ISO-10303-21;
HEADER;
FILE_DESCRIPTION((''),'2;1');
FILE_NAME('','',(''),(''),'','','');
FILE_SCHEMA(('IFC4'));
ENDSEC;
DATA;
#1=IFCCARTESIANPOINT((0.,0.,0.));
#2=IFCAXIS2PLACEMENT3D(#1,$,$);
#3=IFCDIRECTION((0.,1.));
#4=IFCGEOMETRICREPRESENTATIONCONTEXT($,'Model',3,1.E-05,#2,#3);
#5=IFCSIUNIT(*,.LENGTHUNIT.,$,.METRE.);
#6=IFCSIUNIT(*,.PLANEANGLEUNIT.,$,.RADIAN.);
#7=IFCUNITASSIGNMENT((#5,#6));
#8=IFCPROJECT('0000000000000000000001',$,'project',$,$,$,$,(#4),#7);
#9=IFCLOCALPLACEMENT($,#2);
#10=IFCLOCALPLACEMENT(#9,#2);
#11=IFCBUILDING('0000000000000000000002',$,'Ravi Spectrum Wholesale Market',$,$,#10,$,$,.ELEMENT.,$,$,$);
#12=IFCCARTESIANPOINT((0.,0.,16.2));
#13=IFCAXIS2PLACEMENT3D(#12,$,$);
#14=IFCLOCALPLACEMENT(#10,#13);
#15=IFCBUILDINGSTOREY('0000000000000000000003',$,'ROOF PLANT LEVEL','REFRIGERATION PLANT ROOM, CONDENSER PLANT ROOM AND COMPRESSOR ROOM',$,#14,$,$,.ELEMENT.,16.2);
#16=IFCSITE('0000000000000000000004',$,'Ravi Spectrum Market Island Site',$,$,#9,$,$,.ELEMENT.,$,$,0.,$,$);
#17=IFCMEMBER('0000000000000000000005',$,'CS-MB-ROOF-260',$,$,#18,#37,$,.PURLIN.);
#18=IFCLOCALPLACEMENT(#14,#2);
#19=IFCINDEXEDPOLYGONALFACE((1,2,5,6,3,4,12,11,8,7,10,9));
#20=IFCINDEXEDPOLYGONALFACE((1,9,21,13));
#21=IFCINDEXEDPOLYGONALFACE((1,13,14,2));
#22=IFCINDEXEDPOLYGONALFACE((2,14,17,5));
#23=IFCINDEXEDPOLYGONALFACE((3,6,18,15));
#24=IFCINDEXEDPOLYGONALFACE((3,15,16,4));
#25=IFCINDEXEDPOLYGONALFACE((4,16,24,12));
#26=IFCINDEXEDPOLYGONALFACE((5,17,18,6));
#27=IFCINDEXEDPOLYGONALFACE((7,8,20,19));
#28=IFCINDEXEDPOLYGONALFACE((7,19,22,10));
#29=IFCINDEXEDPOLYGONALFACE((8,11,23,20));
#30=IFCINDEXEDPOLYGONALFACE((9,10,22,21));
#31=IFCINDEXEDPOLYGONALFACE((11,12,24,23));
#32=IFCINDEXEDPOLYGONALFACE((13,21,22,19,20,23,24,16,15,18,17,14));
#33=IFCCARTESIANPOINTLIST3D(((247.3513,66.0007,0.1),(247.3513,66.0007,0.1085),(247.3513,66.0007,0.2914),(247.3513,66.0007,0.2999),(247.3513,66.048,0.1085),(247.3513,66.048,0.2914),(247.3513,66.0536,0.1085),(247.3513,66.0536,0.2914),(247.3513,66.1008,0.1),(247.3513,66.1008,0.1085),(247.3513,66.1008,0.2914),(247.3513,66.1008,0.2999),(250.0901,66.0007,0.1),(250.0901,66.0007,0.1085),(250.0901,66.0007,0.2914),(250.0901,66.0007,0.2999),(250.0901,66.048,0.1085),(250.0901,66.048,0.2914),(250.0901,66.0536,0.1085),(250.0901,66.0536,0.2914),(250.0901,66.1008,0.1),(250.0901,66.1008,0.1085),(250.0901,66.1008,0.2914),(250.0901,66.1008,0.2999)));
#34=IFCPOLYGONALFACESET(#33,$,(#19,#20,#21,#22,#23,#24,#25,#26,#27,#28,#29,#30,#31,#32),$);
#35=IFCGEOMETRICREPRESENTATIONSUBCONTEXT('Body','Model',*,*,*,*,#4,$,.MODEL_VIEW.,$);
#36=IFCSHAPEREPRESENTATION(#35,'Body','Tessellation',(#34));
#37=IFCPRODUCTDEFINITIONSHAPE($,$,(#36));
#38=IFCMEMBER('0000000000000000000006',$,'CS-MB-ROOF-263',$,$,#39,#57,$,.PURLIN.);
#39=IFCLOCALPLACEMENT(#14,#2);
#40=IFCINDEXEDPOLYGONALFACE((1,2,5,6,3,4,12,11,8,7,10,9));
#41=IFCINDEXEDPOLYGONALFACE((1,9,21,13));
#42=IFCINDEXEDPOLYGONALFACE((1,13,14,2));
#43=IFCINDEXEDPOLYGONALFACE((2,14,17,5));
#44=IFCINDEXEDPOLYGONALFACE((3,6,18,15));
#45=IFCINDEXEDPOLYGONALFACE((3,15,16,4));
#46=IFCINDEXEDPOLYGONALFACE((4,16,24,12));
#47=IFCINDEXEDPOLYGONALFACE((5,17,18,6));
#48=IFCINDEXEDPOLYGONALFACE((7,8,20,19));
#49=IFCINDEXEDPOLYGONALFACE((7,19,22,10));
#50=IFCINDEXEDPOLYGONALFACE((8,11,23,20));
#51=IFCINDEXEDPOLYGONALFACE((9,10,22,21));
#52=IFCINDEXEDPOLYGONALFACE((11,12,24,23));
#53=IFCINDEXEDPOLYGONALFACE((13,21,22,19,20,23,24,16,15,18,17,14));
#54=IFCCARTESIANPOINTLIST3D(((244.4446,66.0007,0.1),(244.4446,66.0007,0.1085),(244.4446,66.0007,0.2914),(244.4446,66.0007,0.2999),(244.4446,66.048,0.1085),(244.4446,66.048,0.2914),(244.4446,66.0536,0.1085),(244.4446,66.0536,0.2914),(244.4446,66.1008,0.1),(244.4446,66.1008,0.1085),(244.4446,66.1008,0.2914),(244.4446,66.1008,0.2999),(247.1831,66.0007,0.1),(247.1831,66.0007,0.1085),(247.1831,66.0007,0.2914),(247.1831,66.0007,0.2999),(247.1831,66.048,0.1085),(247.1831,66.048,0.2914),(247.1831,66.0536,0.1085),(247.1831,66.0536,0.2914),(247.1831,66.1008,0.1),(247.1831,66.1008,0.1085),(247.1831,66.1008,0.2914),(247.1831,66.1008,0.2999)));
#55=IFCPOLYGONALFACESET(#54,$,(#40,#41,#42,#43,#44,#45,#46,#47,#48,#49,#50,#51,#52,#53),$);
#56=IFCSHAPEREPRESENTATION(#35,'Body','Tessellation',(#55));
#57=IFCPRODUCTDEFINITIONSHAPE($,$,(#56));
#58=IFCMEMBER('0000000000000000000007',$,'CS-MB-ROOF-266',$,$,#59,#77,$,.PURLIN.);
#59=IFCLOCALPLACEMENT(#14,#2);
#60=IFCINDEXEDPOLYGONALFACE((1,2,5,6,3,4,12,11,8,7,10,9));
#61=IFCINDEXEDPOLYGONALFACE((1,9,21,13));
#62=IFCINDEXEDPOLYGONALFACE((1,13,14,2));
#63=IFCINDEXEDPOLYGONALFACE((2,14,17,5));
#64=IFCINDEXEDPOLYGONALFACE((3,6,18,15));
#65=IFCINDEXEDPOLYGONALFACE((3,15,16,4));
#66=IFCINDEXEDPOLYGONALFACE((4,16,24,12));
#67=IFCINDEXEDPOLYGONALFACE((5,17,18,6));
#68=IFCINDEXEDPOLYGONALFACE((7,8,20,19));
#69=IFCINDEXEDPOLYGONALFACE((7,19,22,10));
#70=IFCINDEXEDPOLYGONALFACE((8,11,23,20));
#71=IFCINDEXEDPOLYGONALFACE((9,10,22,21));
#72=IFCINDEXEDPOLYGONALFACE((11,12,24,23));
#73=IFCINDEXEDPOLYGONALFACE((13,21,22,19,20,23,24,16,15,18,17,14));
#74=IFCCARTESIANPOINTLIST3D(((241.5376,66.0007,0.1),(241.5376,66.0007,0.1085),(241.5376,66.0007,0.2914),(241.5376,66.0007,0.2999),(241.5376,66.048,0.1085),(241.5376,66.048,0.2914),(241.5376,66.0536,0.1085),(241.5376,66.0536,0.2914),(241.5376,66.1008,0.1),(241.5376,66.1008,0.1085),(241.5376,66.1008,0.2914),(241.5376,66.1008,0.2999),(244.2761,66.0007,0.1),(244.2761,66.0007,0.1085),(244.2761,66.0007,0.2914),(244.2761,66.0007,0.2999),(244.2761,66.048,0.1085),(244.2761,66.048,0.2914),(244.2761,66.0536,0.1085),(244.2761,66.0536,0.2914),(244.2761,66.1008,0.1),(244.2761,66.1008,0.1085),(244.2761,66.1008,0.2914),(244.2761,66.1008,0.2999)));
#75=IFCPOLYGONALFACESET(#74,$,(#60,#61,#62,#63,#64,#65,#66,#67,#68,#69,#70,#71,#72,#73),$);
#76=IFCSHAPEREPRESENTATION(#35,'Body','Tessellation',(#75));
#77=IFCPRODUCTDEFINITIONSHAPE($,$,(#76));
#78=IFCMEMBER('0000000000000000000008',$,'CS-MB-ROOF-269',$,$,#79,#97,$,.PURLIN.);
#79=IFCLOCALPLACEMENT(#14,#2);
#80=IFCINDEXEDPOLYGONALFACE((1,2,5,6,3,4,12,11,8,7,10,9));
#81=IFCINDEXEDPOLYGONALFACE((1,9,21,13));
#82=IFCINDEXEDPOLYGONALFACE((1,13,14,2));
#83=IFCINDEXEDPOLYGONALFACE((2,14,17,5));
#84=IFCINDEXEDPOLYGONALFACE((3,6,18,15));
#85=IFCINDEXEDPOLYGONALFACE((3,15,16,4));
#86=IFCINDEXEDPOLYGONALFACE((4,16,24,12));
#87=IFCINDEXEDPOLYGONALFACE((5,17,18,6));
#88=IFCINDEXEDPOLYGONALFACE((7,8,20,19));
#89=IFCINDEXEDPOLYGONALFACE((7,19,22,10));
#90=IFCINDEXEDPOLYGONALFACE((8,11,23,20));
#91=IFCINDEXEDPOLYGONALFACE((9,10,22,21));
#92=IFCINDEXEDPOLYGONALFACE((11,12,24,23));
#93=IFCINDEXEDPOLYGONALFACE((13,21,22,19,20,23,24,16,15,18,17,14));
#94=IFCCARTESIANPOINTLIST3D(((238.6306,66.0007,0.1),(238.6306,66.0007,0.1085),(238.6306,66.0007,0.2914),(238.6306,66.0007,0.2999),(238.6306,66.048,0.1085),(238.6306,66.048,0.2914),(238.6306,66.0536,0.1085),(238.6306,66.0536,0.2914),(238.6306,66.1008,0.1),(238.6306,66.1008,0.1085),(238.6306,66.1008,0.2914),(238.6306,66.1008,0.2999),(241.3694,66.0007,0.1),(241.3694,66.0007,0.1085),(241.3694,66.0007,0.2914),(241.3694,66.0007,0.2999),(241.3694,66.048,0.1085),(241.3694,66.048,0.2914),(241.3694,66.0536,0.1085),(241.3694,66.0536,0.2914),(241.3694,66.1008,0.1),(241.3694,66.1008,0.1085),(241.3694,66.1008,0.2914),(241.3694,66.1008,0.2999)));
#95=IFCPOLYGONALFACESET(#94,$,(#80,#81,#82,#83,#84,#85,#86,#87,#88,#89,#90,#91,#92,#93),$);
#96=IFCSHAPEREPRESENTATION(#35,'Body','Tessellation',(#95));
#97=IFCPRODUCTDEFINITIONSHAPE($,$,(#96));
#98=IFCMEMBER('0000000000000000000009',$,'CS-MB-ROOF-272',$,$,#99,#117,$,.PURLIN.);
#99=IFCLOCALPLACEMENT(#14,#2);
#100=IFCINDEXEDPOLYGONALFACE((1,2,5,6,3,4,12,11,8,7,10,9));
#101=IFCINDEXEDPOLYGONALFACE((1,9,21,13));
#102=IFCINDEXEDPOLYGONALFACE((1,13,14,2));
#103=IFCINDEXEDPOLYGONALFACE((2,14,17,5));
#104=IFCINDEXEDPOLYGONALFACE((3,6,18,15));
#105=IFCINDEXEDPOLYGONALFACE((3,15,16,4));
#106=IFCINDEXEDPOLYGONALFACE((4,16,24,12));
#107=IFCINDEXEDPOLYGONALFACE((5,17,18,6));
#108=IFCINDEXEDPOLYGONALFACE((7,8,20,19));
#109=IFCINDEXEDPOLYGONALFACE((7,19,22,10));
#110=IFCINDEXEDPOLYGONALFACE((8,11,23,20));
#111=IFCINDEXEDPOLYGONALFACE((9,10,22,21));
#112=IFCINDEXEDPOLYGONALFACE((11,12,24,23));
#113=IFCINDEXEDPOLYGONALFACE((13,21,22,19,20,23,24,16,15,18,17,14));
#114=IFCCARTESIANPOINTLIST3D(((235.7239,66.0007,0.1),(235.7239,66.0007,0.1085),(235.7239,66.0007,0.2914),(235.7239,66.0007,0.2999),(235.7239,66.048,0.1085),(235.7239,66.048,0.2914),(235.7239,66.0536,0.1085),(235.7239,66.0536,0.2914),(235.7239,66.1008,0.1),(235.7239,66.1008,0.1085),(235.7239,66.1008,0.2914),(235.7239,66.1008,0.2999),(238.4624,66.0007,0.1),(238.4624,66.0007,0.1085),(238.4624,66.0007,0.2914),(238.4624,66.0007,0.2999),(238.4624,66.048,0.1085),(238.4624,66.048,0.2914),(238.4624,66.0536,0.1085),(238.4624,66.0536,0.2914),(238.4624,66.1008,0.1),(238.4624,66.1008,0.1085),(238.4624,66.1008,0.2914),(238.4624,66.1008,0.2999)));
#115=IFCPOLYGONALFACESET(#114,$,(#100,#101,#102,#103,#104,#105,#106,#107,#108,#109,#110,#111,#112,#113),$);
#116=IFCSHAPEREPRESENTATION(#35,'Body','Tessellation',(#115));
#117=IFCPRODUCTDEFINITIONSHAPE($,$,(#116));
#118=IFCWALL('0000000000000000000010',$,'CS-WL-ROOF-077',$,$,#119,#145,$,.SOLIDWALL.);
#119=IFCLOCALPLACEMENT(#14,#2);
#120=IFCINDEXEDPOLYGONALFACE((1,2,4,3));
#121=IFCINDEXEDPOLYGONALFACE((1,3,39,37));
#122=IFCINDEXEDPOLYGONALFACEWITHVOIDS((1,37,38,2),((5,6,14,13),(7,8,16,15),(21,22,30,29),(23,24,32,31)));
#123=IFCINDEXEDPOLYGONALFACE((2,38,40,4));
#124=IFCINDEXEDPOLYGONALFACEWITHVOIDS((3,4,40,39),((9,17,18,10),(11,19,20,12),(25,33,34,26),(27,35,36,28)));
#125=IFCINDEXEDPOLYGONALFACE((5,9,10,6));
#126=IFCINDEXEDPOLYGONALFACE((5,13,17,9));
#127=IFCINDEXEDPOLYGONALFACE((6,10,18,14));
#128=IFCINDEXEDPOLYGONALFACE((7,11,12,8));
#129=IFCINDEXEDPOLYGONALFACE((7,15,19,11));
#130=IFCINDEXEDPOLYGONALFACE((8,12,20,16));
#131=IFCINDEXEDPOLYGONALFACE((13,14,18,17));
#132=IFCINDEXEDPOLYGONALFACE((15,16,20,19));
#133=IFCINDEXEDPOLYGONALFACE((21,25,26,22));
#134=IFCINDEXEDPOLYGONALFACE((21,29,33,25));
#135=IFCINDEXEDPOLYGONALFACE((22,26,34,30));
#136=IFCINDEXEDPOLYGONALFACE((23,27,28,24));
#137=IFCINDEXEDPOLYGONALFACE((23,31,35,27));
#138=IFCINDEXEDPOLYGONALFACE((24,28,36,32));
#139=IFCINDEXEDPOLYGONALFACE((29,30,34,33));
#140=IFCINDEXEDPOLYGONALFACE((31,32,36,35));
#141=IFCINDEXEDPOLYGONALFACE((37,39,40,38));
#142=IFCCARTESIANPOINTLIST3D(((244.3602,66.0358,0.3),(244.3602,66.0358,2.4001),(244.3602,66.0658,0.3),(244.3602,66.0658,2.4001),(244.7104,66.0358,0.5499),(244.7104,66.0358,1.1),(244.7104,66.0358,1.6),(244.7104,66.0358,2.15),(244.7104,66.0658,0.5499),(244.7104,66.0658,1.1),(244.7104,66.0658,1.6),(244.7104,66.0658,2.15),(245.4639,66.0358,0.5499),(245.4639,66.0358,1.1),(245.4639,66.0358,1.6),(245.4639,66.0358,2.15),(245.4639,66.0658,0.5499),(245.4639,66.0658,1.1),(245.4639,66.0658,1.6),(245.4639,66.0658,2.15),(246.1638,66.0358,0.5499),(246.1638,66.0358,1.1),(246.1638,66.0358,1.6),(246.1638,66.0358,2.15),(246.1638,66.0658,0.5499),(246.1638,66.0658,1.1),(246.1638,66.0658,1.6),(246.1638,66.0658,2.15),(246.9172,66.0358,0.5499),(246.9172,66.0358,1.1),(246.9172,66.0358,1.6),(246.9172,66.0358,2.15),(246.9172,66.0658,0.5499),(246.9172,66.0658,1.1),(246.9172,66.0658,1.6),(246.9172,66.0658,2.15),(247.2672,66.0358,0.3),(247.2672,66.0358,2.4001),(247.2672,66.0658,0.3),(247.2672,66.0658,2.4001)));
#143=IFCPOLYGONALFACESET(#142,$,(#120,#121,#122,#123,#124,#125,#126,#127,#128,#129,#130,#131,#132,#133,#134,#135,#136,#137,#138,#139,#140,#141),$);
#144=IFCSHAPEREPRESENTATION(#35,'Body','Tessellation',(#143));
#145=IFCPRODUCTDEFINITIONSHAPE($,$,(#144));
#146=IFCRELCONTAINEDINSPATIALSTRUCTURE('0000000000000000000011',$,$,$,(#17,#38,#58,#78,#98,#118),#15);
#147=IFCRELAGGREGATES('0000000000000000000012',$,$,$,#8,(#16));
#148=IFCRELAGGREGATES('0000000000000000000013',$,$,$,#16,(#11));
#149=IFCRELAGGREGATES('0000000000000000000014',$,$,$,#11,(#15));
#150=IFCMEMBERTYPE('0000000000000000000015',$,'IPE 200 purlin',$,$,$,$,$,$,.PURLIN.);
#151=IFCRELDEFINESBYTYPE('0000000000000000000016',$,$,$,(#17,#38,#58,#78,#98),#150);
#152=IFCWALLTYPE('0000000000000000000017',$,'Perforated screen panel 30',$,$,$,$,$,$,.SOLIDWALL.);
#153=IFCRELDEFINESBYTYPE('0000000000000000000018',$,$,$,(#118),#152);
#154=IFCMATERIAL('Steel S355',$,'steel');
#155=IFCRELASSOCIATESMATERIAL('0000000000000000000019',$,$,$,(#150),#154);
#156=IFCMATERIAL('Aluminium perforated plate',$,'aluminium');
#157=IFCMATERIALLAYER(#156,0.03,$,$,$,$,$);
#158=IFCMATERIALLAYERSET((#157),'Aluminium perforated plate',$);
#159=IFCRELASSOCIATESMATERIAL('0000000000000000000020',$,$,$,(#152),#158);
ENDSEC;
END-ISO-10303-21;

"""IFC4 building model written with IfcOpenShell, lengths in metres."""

from ifc_helpers import new_model, si_unit, direction, frame, frame_2d, origin, origin_2d, place, context, subcontext, project, spatial, rectangle, i_section, extrude, material, layer, layer_set, material_profile, profile_set, type_object, element, save


model = new_model("IFC4")

# Units and contexts
model_context = context("Model", 3, precision=1e-05, world=origin(), true_north=direction((0.0, 1.0)))
body_context = subcontext(model_context, "Body", "Model", "MODEL_VIEW")
ifc_project = project(units=[si_unit("LENGTHUNIT", "METRE"), si_unit("PLANEANGLEUNIT", "RADIAN")], contexts=[model_context])

# Site, building, storey
site_placement = place(None, origin())
site = spatial("IfcSite", under=ifc_project, at=site_placement, Name="Ravi Spectrum Market Island Site", CompositionType="ELEMENT", RefElevation=0.0)
building_placement = place(site_placement, origin())
building = spatial("IfcBuilding", under=site, at=building_placement, Name="Ravi Spectrum Wholesale Market", CompositionType="ELEMENT")
storey_placement = place(building_placement, frame((0.0, 0.0, 16.2)))
storey = spatial("IfcBuildingStorey", under=building, at=storey_placement, Name="ROOF PLANT LEVEL", Description="REFRIGERATION PLANT ROOM, CONDENSER PLANT ROOM AND COMPRESSOR ROOM", CompositionType="ELEMENT", Elevation=16.2)

# Members
ifc_material_1 = material(Name="Steel S355", Category="steel")
ifc_material_profile = material_profile(ifc_material_1, i_section(OverallWidth=0.1001, OverallDepth=0.2, WebThickness=0.0056, FlangeThickness=0.0085, at=origin_2d()))
ifc_profile_set = profile_set([ifc_material_profile], Name="Steel S355")
member_type = type_object("IfcMemberType", Name="IPE 200 purlin", PredefinedType="PURLIN", material=ifc_profile_set)
member_1_placement = place(storey_placement, frame((250.0901, 66.0508, 0.2), z_axis=(-1.0, 0.0, 0.0), x_axis=(0.0, -1.0, 0.0)))
element("IfcMember", 1, at=member_1_placement, inside=storey, type_object=member_type, Name="CS-MB-ROOF-260", PredefinedType="PURLIN", context=body_context, shape_type="SweptSolid", body=[
    extrude(i_section(OverallWidth=0.1001, OverallDepth=0.2, WebThickness=0.0056, FlangeThickness=0.0085, at=origin_2d()), origin(), (0.0, 0.0, 1.0), 2.7388),
])
for number, where, z_axis, x_axis, name in (
    (2, (247.1831, 66.0508, 0.2), (-1.0, 0.0, 0.0), (0.0, -1.0, 0.0), "CS-MB-ROOF-263"),
    (3, (244.2761, 66.0508, 0.2), (-1.0, 0.0, 0.0), (0.0, -1.0, 0.0), "CS-MB-ROOF-266"),
):
    element("IfcMember", number, at=place(storey_placement, frame(where, z_axis=z_axis, x_axis=x_axis)), inside=storey, type_object=member_type, Name=name, PredefinedType="PURLIN", context=body_context, shape_type="SweptSolid", body=[
        extrude(i_section(OverallWidth=0.1001, OverallDepth=0.2, WebThickness=0.0056, FlangeThickness=0.0085, at=origin_2d()), origin(), (0.0, 0.0, 1.0), 2.7385),
    ])
member_2_placement = place(storey_placement, frame((241.3694, 66.0508, 0.2), z_axis=(-1.0, 0.0, 0.0), x_axis=(0.0, -1.0, 0.0)))
element("IfcMember", 4, at=member_2_placement, inside=storey, type_object=member_type, Name="CS-MB-ROOF-269", PredefinedType="PURLIN", context=body_context, shape_type="SweptSolid", body=[
    extrude(i_section(OverallWidth=0.1001, OverallDepth=0.2, WebThickness=0.0056, FlangeThickness=0.0085, at=origin_2d()), origin(), (0.0, 0.0, 1.0), 2.7388),
])
member_3_placement = place(storey_placement, frame((238.4624, 66.0508, 0.2), z_axis=(-1.0, 0.0, 0.0), x_axis=(0.0, -1.0, 0.0)))
element("IfcMember", 5, at=member_3_placement, inside=storey, type_object=member_type, Name="CS-MB-ROOF-272", PredefinedType="PURLIN", context=body_context, shape_type="SweptSolid", body=[
    extrude(i_section(OverallWidth=0.1001, OverallDepth=0.2, WebThickness=0.0056, FlangeThickness=0.0085, at=origin_2d()), origin(), (0.0, 0.0, 1.0), 2.7385),
])

# Wall, openings
ifc_material_2 = material(Name="Aluminium perforated plate", Category="aluminium")
ifc_layer = layer(ifc_material_2, 0.03)
ifc_layer_set = layer_set([ifc_layer], Name="Aluminium perforated plate")
wall_type = type_object("IfcWallType", Name="Perforated screen panel 30", PredefinedType="SOLIDWALL", material=ifc_layer_set)
wall_1_placement = place(storey_placement, frame((247.2673, 66.0508, 0.3), z_axis=(0.0, 0.0, 1.0), x_axis=(-1.0, 0.0, 0.0)))
wall_1 = element("IfcWall", 6, at=wall_1_placement, inside=storey, type_object=wall_type, Name="CS-WL-ROOF-077", PredefinedType="SOLIDWALL", context=body_context, shape_type="SweptSolid", body=[
    extrude(rectangle(XDim=2.907, YDim=0.03, at=frame_2d((1.4536, 0.0))), origin(), (0.0, 0.0, 1.0), 2.1001),
])
opening_1_placement = place(wall_1_placement, frame((0.3501, 0.0, 0.25)))
element("IfcOpeningElement", 7, at=opening_1_placement, cuts=wall_1, PredefinedType="OPENING", context=body_context, shape_type="SweptSolid", body=[
    extrude(rectangle(XDim=0.7534, YDim=0.55, at=frame_2d((0.3767, 0.2749))), frame((0.0, 0.0249, 0.0), z_axis=(0.0, -1.0, 0.0), x_axis=(1.0, 0.0, 0.0)), (0.0, 0.0, 1.0), 0.05),
])
opening_2_placement = place(wall_1_placement, frame((0.3501, 0.0, 1.3)))
element("IfcOpeningElement", 8, at=opening_2_placement, cuts=wall_1, PredefinedType="OPENING", context=body_context, shape_type="SweptSolid", body=[
    extrude(rectangle(XDim=0.7534, YDim=0.55, at=frame_2d((0.3767, 0.2749))), frame((0.0, 0.0249, 0.0), z_axis=(0.0, -1.0, 0.0), x_axis=(1.0, 0.0, 0.0)), (0.0, 0.0, 1.0), 0.05),
])
opening_3_placement = place(wall_1_placement, frame((1.8035, 0.0, 0.25)))
element("IfcOpeningElement", 9, at=opening_3_placement, cuts=wall_1, PredefinedType="OPENING", context=body_context, shape_type="SweptSolid", body=[
    extrude(rectangle(XDim=0.7534, YDim=0.55, at=frame_2d((0.3767, 0.2749))), frame((0.0, 0.0249, 0.0), z_axis=(0.0, -1.0, 0.0), x_axis=(1.0, 0.0, 0.0)), (0.0, 0.0, 1.0), 0.05),
])
opening_4_placement = place(wall_1_placement, frame((1.8035, 0.0, 1.3)))
element("IfcOpeningElement", 10, at=opening_4_placement, cuts=wall_1, PredefinedType="OPENING", context=body_context, shape_type="SweptSolid", body=[
    extrude(rectangle(XDim=0.7534, YDim=0.55, at=frame_2d((0.3767, 0.2749))), frame((0.0, 0.0249, 0.0), z_axis=(0.0, -1.0, 0.0), x_axis=(1.0, 0.0, 0.0)), (0.0, 0.0, 1.0), 0.05),
])

save(model, "model.ifc")
